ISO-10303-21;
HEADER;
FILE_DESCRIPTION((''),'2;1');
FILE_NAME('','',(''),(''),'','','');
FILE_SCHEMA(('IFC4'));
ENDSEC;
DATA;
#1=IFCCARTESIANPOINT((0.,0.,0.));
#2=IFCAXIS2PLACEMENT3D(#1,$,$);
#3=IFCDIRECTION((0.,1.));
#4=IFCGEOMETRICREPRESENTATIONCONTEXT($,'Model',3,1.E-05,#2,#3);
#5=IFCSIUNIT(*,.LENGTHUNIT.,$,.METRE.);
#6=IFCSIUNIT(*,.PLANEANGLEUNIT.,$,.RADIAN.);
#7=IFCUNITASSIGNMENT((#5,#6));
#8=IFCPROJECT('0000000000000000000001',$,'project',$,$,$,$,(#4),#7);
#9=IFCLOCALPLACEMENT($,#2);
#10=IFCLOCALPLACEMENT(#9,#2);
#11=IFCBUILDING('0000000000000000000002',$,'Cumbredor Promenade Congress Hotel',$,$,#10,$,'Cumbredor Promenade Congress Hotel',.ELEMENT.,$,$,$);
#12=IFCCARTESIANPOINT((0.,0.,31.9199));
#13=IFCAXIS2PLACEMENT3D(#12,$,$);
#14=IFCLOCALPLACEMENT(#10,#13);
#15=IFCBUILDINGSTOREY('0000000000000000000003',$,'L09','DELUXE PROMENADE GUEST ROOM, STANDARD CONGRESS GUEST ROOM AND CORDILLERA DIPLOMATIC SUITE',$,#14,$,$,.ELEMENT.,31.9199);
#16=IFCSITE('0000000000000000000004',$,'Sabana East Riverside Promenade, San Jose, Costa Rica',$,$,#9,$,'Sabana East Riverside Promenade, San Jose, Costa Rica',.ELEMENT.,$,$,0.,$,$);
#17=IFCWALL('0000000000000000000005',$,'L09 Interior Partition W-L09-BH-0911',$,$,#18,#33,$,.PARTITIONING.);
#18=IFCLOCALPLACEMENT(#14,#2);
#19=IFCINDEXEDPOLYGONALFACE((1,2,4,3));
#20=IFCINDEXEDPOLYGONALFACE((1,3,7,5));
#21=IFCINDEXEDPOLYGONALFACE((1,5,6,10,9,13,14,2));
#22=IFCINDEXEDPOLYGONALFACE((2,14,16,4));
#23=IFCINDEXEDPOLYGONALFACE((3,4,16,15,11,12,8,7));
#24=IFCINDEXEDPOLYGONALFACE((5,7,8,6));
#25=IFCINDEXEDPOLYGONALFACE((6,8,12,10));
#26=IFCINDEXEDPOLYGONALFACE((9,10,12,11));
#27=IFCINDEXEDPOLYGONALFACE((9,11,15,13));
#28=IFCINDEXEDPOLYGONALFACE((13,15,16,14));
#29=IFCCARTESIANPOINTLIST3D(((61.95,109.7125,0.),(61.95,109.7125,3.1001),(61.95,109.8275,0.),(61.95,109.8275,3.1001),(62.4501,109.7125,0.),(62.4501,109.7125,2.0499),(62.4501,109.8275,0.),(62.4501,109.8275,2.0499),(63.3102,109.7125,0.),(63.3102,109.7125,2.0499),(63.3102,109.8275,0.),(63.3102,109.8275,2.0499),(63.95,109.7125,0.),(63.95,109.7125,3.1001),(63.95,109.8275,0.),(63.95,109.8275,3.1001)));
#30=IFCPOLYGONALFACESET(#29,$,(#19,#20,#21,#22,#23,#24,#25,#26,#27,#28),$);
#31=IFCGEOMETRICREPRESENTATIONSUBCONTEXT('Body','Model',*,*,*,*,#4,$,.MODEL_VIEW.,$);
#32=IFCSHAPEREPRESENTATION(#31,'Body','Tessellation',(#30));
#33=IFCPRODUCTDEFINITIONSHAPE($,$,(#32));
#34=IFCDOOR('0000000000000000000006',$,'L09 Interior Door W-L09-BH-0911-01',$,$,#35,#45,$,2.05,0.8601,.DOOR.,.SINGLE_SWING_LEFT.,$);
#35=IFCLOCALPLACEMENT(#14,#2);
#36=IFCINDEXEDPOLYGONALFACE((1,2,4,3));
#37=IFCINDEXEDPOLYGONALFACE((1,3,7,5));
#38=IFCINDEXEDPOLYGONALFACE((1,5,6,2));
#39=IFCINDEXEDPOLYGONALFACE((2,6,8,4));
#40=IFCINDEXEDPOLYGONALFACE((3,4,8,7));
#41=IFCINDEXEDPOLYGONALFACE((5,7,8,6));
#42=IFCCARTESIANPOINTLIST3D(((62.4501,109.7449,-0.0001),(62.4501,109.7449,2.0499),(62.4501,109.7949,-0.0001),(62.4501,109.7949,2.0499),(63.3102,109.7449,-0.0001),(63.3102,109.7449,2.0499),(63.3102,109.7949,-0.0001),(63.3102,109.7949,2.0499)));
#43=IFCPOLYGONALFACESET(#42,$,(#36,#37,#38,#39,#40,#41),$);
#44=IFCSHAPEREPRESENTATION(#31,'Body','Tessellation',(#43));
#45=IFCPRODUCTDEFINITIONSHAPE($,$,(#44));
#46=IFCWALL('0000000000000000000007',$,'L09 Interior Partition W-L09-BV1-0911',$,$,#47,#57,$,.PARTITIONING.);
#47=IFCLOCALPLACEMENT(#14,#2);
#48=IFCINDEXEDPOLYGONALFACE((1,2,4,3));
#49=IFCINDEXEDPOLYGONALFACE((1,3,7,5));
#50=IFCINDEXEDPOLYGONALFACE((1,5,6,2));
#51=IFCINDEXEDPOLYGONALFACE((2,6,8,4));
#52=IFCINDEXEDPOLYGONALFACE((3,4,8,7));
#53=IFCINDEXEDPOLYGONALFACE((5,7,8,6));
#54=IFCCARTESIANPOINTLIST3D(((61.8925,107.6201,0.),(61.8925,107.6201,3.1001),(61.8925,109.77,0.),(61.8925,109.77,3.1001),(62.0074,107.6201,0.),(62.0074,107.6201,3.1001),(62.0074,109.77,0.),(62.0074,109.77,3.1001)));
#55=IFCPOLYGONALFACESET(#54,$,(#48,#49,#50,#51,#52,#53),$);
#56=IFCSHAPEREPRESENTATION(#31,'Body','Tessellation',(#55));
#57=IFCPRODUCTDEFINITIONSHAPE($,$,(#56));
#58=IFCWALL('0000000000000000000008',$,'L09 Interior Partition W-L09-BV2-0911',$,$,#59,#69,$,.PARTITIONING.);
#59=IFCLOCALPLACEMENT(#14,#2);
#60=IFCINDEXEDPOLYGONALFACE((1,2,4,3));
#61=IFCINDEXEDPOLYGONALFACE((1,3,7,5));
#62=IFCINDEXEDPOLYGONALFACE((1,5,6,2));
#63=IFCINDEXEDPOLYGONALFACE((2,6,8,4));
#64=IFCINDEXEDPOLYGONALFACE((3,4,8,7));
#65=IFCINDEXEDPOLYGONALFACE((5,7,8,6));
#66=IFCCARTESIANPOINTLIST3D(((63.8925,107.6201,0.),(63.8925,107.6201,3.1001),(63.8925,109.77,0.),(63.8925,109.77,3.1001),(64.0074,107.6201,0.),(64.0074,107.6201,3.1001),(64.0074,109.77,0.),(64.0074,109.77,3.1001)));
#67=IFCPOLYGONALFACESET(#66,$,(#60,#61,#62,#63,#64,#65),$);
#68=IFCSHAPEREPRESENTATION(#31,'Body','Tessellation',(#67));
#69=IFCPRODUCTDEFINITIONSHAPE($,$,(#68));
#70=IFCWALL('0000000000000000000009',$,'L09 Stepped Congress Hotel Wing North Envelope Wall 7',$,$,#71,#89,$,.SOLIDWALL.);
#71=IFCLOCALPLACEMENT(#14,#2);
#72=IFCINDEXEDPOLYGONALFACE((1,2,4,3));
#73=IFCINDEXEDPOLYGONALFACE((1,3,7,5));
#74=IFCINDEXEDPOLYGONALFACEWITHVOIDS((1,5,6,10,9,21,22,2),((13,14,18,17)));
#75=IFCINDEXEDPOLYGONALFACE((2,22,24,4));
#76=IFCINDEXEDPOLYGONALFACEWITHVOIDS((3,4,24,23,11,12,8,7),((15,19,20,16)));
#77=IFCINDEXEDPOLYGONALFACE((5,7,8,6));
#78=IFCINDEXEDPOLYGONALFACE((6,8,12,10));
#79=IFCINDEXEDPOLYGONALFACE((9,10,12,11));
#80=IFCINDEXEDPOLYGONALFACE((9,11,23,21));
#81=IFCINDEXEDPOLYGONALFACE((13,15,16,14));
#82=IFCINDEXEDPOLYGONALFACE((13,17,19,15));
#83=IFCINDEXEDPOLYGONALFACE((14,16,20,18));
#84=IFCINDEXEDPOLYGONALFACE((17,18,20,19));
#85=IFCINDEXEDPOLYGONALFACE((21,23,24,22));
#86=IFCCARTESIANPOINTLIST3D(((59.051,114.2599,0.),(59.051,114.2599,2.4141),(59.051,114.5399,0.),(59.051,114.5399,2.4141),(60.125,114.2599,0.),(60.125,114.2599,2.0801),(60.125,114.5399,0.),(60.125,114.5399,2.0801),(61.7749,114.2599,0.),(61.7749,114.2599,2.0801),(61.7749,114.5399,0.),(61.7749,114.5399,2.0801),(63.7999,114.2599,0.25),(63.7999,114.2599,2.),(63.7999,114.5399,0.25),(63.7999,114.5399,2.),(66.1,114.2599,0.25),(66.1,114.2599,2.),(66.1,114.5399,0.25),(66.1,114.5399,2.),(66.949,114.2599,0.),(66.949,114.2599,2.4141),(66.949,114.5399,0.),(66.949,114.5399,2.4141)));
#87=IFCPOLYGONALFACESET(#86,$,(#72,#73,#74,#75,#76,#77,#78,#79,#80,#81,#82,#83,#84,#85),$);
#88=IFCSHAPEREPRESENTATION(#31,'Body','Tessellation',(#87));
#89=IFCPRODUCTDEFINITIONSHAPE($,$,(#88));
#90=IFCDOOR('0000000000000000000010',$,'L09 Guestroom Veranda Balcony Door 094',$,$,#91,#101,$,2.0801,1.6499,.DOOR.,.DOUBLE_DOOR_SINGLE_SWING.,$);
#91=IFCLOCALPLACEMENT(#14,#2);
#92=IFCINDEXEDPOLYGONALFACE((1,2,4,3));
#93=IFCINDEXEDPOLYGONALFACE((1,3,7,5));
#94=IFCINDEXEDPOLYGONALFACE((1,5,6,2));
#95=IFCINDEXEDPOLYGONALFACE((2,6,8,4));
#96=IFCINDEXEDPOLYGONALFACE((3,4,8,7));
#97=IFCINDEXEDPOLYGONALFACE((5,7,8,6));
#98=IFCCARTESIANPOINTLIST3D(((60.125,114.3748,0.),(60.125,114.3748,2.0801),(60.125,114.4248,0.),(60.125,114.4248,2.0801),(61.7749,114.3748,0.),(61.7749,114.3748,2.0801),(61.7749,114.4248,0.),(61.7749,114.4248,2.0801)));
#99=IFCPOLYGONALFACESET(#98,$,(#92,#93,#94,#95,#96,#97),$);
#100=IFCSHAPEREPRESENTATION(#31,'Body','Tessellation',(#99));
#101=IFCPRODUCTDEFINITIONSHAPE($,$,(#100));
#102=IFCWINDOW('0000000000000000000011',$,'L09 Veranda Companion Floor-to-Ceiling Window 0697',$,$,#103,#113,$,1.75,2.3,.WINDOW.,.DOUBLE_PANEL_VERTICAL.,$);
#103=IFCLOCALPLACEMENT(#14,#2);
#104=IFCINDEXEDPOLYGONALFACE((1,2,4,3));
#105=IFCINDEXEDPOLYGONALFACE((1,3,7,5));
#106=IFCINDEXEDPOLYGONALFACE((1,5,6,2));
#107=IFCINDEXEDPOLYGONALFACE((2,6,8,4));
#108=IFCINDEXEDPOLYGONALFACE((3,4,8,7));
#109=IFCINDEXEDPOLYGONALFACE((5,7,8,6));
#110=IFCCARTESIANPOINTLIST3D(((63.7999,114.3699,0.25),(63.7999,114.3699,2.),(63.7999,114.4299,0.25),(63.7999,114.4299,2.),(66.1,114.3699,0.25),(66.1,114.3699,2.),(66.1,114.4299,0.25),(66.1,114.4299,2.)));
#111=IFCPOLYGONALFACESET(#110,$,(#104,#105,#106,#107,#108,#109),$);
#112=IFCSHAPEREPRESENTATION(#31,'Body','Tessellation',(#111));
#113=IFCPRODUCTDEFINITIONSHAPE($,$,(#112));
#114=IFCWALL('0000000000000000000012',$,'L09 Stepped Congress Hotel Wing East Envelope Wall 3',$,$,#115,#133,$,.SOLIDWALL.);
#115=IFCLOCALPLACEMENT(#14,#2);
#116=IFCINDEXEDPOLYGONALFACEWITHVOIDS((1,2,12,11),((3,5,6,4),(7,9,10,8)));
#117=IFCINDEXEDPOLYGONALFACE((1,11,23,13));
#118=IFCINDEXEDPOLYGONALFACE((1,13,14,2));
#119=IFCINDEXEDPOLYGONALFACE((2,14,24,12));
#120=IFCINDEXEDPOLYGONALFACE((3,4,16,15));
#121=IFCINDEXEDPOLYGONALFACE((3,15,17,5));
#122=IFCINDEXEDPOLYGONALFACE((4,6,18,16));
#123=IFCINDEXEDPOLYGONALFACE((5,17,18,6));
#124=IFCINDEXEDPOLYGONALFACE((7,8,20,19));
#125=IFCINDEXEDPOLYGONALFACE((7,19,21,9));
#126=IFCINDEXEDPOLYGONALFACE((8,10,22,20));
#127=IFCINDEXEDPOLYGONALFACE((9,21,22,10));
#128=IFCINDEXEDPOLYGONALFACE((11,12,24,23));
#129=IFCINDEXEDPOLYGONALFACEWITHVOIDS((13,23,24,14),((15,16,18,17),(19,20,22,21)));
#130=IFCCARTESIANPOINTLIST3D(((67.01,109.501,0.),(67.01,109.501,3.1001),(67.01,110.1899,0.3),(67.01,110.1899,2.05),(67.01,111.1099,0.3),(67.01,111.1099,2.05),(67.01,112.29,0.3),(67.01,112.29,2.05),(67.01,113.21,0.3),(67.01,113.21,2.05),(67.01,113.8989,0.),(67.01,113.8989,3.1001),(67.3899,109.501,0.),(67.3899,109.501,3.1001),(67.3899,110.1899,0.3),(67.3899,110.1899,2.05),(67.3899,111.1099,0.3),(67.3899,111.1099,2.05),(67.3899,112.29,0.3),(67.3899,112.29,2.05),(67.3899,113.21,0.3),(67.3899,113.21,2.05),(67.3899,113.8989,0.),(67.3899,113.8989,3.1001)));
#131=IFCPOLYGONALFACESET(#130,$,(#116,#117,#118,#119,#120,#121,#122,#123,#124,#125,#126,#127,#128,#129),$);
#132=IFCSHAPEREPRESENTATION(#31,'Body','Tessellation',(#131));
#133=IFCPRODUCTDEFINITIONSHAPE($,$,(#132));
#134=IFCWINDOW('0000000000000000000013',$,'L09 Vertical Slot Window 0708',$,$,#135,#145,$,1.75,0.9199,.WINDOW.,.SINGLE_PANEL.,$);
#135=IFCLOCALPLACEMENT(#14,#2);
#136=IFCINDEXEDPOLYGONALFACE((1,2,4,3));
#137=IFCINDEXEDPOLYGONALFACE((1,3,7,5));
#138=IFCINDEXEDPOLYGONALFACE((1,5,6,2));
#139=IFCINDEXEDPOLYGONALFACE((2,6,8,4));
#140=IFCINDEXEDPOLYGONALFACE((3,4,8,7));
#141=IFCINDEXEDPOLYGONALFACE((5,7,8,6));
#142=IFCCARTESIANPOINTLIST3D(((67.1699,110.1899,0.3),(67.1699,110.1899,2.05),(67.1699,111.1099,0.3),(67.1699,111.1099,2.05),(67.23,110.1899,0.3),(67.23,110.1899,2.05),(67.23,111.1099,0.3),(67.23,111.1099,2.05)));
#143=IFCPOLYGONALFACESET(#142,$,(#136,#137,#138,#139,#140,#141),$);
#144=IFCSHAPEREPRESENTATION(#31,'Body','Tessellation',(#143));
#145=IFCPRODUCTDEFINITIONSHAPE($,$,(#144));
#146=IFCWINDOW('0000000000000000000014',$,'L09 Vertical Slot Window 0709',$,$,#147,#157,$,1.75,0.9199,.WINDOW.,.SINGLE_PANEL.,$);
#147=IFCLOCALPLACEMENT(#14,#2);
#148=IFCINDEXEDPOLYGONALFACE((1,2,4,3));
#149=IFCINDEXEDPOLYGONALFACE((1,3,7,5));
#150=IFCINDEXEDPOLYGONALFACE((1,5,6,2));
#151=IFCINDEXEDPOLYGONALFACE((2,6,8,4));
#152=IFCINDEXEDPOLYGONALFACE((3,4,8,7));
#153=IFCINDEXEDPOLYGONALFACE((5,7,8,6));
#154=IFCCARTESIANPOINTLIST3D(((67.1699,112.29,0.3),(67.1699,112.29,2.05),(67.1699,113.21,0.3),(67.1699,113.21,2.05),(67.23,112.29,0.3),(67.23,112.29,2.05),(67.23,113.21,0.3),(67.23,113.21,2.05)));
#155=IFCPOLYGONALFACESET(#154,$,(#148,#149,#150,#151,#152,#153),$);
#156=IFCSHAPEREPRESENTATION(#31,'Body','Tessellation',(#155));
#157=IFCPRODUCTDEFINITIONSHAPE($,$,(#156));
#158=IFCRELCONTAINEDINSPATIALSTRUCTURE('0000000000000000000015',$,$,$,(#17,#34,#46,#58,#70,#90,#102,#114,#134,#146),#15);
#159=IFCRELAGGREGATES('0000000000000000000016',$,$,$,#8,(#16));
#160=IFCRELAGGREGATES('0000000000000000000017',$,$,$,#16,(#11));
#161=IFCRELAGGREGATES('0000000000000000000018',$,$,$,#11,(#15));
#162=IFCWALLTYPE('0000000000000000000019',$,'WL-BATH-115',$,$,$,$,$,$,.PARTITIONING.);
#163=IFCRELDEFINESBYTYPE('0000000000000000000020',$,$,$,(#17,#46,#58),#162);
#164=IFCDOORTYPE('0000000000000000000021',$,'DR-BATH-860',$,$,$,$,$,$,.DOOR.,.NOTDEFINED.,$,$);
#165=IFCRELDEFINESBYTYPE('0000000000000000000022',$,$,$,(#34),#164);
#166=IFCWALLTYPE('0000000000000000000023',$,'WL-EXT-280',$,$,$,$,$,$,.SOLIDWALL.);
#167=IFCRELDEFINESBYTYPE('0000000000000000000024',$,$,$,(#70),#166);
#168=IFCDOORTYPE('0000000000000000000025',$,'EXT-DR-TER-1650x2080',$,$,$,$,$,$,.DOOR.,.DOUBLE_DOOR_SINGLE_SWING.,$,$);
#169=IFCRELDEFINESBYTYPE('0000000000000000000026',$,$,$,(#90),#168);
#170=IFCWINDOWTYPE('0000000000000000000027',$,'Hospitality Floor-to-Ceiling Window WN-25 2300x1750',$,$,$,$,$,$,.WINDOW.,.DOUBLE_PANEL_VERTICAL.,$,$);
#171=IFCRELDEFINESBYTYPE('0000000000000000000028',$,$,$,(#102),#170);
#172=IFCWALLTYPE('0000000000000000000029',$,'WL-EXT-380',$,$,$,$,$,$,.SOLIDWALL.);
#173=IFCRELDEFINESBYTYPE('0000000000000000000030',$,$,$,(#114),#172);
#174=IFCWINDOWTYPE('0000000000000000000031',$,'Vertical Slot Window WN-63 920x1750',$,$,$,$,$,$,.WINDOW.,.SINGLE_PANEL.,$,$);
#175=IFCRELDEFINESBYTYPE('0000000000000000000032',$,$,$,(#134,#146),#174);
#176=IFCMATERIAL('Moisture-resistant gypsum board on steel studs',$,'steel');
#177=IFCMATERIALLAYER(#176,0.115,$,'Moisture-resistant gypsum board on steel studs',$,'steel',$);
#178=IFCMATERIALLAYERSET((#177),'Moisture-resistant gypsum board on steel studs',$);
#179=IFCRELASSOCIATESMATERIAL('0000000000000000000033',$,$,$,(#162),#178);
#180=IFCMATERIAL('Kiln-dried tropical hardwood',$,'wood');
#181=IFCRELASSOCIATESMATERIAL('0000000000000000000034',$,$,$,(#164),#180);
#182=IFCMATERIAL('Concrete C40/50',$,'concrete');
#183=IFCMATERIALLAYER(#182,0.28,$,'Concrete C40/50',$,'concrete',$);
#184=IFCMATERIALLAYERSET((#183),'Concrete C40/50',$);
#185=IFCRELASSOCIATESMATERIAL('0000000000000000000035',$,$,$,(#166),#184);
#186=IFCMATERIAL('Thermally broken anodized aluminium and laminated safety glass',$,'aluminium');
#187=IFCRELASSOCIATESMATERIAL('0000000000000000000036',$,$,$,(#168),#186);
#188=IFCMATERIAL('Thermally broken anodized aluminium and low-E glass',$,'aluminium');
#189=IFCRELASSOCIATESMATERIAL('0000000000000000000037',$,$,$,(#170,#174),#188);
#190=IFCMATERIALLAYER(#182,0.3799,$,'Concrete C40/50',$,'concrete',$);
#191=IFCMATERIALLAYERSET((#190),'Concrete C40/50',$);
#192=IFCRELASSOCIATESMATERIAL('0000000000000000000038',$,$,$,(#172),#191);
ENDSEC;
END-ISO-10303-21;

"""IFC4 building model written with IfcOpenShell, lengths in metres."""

from ifc_helpers import new_model, si_unit, direction, frame, frame_2d, origin, place, context, subcontext, project, spatial, rectangle, extrude, material, layer, layer_set, type_object, element, fill, save


model = new_model("IFC4")

# Units and contexts
model_context = context("Model", 3, precision=1e-05, world=origin(), true_north=direction((0.0, 1.0)))
body_context = subcontext(model_context, "Body", "Model", "MODEL_VIEW")
ifc_project = project(units=[si_unit("LENGTHUNIT", "METRE"), si_unit("PLANEANGLEUNIT", "RADIAN")], contexts=[model_context])

# Site, building, storey
site_placement = place(None, origin())
site = spatial("IfcSite", under=ifc_project, at=site_placement, Name="Sabana East Riverside Promenade, San Jose, Costa Rica", LongName="Sabana East Riverside Promenade, San Jose, Costa Rica", CompositionType="ELEMENT", RefElevation=0.0)
building_placement = place(site_placement, origin())
building = spatial("IfcBuilding", under=site, at=building_placement, Name="Cumbredor Promenade Congress Hotel", LongName="Cumbredor Promenade Congress Hotel", CompositionType="ELEMENT")
storey_placement = place(building_placement, frame((0.0, 0.0, 31.9199)))
storey = spatial("IfcBuildingStorey", under=building, at=storey_placement, Name="L09", Description="DELUXE PROMENADE GUEST ROOM, STANDARD CONGRESS GUEST ROOM AND CORDILLERA DIPLOMATIC SUITE", CompositionType="ELEMENT", Elevation=31.9199)

# Shared definitions
ifc_material_1 = material(Name="Concrete C40/50", Category="concrete")

# Shared definitions
ifc_material_2 = material(Name="Thermally broken anodized aluminium and low-E glass", Category="aluminium")

# Shared definitions
ifc_material_3 = material(Name="Kiln-dried tropical hardwood", Category="wood")

# Wall, opening, door
ifc_material_4 = material(Name="Moisture-resistant gypsum board on steel studs", Category="steel")
ifc_layer_1 = layer(ifc_material_4, 0.115, Name="Moisture-resistant gypsum board on steel studs", Category="steel")
ifc_layer_set_1 = layer_set([ifc_layer_1], Name="Moisture-resistant gypsum board on steel studs")
wall_type_1 = type_object("IfcWallType", Name="WL-BATH-115", PredefinedType="PARTITIONING", material=ifc_layer_set_1)
wall_1_placement = place(storey_placement, frame((61.95, 109.77, 0.0), z_axis=(0.0, 0.0, 1.0), x_axis=(1.0, 0.0, 0.0)))
wall_1 = element("IfcWall", 1, at=wall_1_placement, inside=storey, type_object=wall_type_1, Name="L09 Interior Partition W-L09-BH-0911", PredefinedType="PARTITIONING", context=body_context, shape_type="SweptSolid", body=[
    extrude(rectangle(XDim=2.0, YDim=0.115, at=frame_2d((1.0, 0.0))), origin(), (0.0, 0.0, 1.0), 3.1001),
])
opening_1_placement = place(wall_1_placement, frame((0.5, 0.0, 0.0)))
opening_1 = element("IfcOpeningElement", 2, at=opening_1_placement, cuts=wall_1, PredefinedType="OPENING", context=body_context, shape_type="SweptSolid", body=[
    extrude(rectangle(XDim=0.8601, YDim=2.05, at=frame_2d((0.4302, 1.0249))), frame((0.0, 0.0674, 0.0), z_axis=(0.0, -1.0, 0.0), x_axis=(1.0, 0.0, 0.0)), (0.0, 0.0, 1.0), 0.135),
])
door_type_1 = type_object("IfcDoorType", Name="DR-BATH-860", OperationType="NOTDEFINED", PredefinedType="DOOR", material=ifc_material_3)
door_1_placement = place(opening_1_placement, origin())
door_1 = element("IfcDoor", 3, at=door_1_placement, inside=storey, type_object=door_type_1, Name="L09 Interior Door W-L09-BH-0911-01", OperationType="SINGLE_SWING_LEFT", OverallHeight=2.05, OverallWidth=0.8601, PredefinedType="DOOR", context=body_context, shape_type="SweptSolid", body=[
    extrude(rectangle(XDim=0.8601, YDim=2.05, at=frame_2d((0.4302, 1.0249))), frame((0.0, 0.0249, 0.0), z_axis=(0.0, -1.0, 0.0), x_axis=(1.0, 0.0, 0.0)), (0.0, 0.0, 1.0), 0.05),
])
fill(opening_1, door_1)

# Walls
for number, where, z_axis, x_axis, name in (
    (4, (61.95, 107.6201, 0.0), (0.0, 0.0, 1.0), (0.0, 1.0, 0.0), "L09 Interior Partition W-L09-BV1-0911"),
    (5, (63.95, 107.6201, 0.0), (0.0, 0.0, 1.0), (0.0, 1.0, 0.0), "L09 Interior Partition W-L09-BV2-0911"),
):
    element("IfcWall", number, at=place(storey_placement, frame(where, z_axis=z_axis, x_axis=x_axis)), inside=storey, type_object=wall_type_1, Name=name, PredefinedType="PARTITIONING", context=body_context, shape_type="SweptSolid", body=[
        extrude(rectangle(XDim=2.1499, YDim=0.115, at=frame_2d((1.075, 0.0))), origin(), (0.0, 0.0, 1.0), 3.1001),
    ])

# Wall, openings, door, window
ifc_layer_2 = layer(ifc_material_1, 0.28, Name="Concrete C40/50", Category="concrete")
ifc_layer_set_2 = layer_set([ifc_layer_2], Name="Concrete C40/50")
wall_type_2 = type_object("IfcWallType", Name="WL-EXT-280", PredefinedType="SOLIDWALL", material=ifc_layer_set_2)
wall_2_placement = place(storey_placement, frame((59.051, 114.3999, 0.0), z_axis=(0.0, 0.0, 1.0), x_axis=(1.0, 0.0, 0.0)))
wall_2 = element("IfcWall", 6, at=wall_2_placement, inside=storey, type_object=wall_type_2, Name="L09 Stepped Congress Hotel Wing North Envelope Wall 7", PredefinedType="SOLIDWALL", context=body_context, shape_type="SweptSolid", body=[
    extrude(rectangle(XDim=7.8979, YDim=0.28, at=frame_2d((3.949, 0.0))), origin(), (0.0, 0.0, 1.0), 2.4141),
])
opening_2_placement = place(wall_2_placement, frame((1.074, 0.0, 0.0)))
opening_2 = element("IfcOpeningElement", 7, at=opening_2_placement, cuts=wall_2, PredefinedType="OPENING", context=body_context, shape_type="SweptSolid", body=[
    extrude(rectangle(XDim=1.6499, YDim=2.0801, at=frame_2d((0.825, 1.04))), frame((0.0, 0.1499, 0.0), z_axis=(0.0, -1.0, 0.0), x_axis=(1.0, 0.0, 0.0)), (0.0, 0.0, 1.0), 0.3),
])
opening_3_placement = place(wall_2_placement, frame((4.749, 0.0, 0.25)))
opening_3 = element("IfcOpeningElement", 8, at=opening_3_placement, cuts=wall_2, PredefinedType="OPENING", context=body_context, shape_type="SweptSolid", body=[
    extrude(rectangle(XDim=2.3, YDim=1.75, at=frame_2d((1.1499, 0.875))), frame((0.0, 0.1499, 0.0), z_axis=(0.0, -1.0, 0.0), x_axis=(1.0, 0.0, 0.0)), (0.0, 0.0, 1.0), 0.3),
])
ifc_material_5 = material(Name="Thermally broken anodized aluminium and laminated safety glass", Category="aluminium")
door_type_2 = type_object("IfcDoorType", Name="EXT-DR-TER-1650x2080", OperationType="DOUBLE_DOOR_SINGLE_SWING", PredefinedType="DOOR", material=ifc_material_5)
door_2_placement = place(opening_2_placement, origin())
door_2 = element("IfcDoor", 9, at=door_2_placement, inside=storey, type_object=door_type_2, Name="L09 Guestroom Veranda Balcony Door 094", OperationType="DOUBLE_DOOR_SINGLE_SWING", OverallHeight=2.0801, OverallWidth=1.6499, PredefinedType="DOOR", context=body_context, shape_type="SweptSolid", body=[
    extrude(rectangle(XDim=1.6499, YDim=2.0801, at=frame_2d((0.825, 1.04))), frame((0.0, 0.0249, 0.0), z_axis=(0.0, -1.0, 0.0), x_axis=(1.0, 0.0, 0.0)), (0.0, 0.0, 1.0), 0.05),
])
fill(opening_2, door_2)
window_type_1 = type_object("IfcWindowType", Name="Hospitality Floor-to-Ceiling Window WN-25 2300x1750", PartitioningType="DOUBLE_PANEL_VERTICAL", PredefinedType="WINDOW", material=ifc_material_2)
window_1_placement = place(opening_3_placement, origin())
window_1 = element("IfcWindow", 10, at=window_1_placement, inside=storey, type_object=window_type_1, Name="L09 Veranda Companion Floor-to-Ceiling Window 0697", OverallHeight=1.75, OverallWidth=2.3, PartitioningType="DOUBLE_PANEL_VERTICAL", PredefinedType="WINDOW", context=body_context, shape_type="SweptSolid", body=[
    extrude(rectangle(XDim=2.3, YDim=1.75, at=frame_2d((1.1499, 0.875))), frame((0.0, 0.03, 0.0), z_axis=(0.0, -1.0, 0.0), x_axis=(1.0, 0.0, 0.0)), (0.0, 0.0, 1.0), 0.0601),
])
fill(opening_3, window_1)

# Wall, openings, windows
ifc_layer_3 = layer(ifc_material_1, 0.3799, Name="Concrete C40/50", Category="concrete")
ifc_layer_set_3 = layer_set([ifc_layer_3], Name="Concrete C40/50")
wall_type_3 = type_object("IfcWallType", Name="WL-EXT-380", PredefinedType="SOLIDWALL", material=ifc_layer_set_3)
wall_3_placement = place(storey_placement, frame((67.2, 109.501, 0.0), z_axis=(0.0, 0.0, 1.0), x_axis=(0.0, 1.0, 0.0)))
wall_3 = element("IfcWall", 11, at=wall_3_placement, inside=storey, type_object=wall_type_3, Name="L09 Stepped Congress Hotel Wing East Envelope Wall 3", PredefinedType="SOLIDWALL", context=body_context, shape_type="SweptSolid", body=[
    extrude(rectangle(XDim=4.3979, YDim=0.3799, at=frame_2d((2.199, 0.0))), origin(), (0.0, 0.0, 1.0), 3.1001),
])
opening_4_placement = place(wall_3_placement, frame((0.689, 0.0, 0.3)))
opening_4 = element("IfcOpeningElement", 12, at=opening_4_placement, cuts=wall_3, PredefinedType="OPENING", context=body_context, shape_type="SweptSolid", body=[
    extrude(rectangle(XDim=0.9199, YDim=1.75, at=frame_2d((0.46, 0.875))), frame((0.0, 0.2, 0.0), z_axis=(0.0, -1.0, 0.0), x_axis=(1.0, 0.0, 0.0)), (0.0, 0.0, 1.0), 0.3999),
])
opening_5_placement = place(wall_3_placement, frame((2.7891, 0.0, 0.3)))
opening_5 = element("IfcOpeningElement", 13, at=opening_5_placement, cuts=wall_3, PredefinedType="OPENING", context=body_context, shape_type="SweptSolid", body=[
    extrude(rectangle(XDim=0.9199, YDim=1.75, at=frame_2d((0.46, 0.875))), frame((0.0, 0.2, 0.0), z_axis=(0.0, -1.0, 0.0), x_axis=(1.0, 0.0, 0.0)), (0.0, 0.0, 1.0), 0.3999),
])
window_type_2 = type_object("IfcWindowType", Name="Vertical Slot Window WN-63 920x1750", PartitioningType="SINGLE_PANEL", PredefinedType="WINDOW", material=ifc_material_2)
window_2_placement = place(opening_4_placement, origin())
window_2 = element("IfcWindow", 14, at=window_2_placement, inside=storey, type_object=window_type_2, Name="L09 Vertical Slot Window 0708", OverallHeight=1.75, OverallWidth=0.9199, PartitioningType="SINGLE_PANEL", PredefinedType="WINDOW", context=body_context, shape_type="SweptSolid", body=[
    extrude(rectangle(XDim=0.9199, YDim=1.75, at=frame_2d((0.46, 0.875))), frame((0.0, 0.03, 0.0), z_axis=(0.0, -1.0, 0.0), x_axis=(1.0, 0.0, 0.0)), (0.0, 0.0, 1.0), 0.0601),
])
fill(opening_4, window_2)
window_3_placement = place(opening_5_placement, origin())
window_3 = element("IfcWindow", 15, at=window_3_placement, inside=storey, type_object=window_type_2, Name="L09 Vertical Slot Window 0709", OverallHeight=1.75, OverallWidth=0.9199, PartitioningType="SINGLE_PANEL", PredefinedType="WINDOW", context=body_context, shape_type="SweptSolid", body=[
    extrude(rectangle(XDim=0.9199, YDim=1.75, at=frame_2d((0.46, 0.875))), frame((0.0, 0.03, 0.0), z_axis=(0.0, -1.0, 0.0), x_axis=(1.0, 0.0, 0.0)), (0.0, 0.0, 1.0), 0.0601),
])
fill(opening_5, window_3)

save(model, "model.ifc")
